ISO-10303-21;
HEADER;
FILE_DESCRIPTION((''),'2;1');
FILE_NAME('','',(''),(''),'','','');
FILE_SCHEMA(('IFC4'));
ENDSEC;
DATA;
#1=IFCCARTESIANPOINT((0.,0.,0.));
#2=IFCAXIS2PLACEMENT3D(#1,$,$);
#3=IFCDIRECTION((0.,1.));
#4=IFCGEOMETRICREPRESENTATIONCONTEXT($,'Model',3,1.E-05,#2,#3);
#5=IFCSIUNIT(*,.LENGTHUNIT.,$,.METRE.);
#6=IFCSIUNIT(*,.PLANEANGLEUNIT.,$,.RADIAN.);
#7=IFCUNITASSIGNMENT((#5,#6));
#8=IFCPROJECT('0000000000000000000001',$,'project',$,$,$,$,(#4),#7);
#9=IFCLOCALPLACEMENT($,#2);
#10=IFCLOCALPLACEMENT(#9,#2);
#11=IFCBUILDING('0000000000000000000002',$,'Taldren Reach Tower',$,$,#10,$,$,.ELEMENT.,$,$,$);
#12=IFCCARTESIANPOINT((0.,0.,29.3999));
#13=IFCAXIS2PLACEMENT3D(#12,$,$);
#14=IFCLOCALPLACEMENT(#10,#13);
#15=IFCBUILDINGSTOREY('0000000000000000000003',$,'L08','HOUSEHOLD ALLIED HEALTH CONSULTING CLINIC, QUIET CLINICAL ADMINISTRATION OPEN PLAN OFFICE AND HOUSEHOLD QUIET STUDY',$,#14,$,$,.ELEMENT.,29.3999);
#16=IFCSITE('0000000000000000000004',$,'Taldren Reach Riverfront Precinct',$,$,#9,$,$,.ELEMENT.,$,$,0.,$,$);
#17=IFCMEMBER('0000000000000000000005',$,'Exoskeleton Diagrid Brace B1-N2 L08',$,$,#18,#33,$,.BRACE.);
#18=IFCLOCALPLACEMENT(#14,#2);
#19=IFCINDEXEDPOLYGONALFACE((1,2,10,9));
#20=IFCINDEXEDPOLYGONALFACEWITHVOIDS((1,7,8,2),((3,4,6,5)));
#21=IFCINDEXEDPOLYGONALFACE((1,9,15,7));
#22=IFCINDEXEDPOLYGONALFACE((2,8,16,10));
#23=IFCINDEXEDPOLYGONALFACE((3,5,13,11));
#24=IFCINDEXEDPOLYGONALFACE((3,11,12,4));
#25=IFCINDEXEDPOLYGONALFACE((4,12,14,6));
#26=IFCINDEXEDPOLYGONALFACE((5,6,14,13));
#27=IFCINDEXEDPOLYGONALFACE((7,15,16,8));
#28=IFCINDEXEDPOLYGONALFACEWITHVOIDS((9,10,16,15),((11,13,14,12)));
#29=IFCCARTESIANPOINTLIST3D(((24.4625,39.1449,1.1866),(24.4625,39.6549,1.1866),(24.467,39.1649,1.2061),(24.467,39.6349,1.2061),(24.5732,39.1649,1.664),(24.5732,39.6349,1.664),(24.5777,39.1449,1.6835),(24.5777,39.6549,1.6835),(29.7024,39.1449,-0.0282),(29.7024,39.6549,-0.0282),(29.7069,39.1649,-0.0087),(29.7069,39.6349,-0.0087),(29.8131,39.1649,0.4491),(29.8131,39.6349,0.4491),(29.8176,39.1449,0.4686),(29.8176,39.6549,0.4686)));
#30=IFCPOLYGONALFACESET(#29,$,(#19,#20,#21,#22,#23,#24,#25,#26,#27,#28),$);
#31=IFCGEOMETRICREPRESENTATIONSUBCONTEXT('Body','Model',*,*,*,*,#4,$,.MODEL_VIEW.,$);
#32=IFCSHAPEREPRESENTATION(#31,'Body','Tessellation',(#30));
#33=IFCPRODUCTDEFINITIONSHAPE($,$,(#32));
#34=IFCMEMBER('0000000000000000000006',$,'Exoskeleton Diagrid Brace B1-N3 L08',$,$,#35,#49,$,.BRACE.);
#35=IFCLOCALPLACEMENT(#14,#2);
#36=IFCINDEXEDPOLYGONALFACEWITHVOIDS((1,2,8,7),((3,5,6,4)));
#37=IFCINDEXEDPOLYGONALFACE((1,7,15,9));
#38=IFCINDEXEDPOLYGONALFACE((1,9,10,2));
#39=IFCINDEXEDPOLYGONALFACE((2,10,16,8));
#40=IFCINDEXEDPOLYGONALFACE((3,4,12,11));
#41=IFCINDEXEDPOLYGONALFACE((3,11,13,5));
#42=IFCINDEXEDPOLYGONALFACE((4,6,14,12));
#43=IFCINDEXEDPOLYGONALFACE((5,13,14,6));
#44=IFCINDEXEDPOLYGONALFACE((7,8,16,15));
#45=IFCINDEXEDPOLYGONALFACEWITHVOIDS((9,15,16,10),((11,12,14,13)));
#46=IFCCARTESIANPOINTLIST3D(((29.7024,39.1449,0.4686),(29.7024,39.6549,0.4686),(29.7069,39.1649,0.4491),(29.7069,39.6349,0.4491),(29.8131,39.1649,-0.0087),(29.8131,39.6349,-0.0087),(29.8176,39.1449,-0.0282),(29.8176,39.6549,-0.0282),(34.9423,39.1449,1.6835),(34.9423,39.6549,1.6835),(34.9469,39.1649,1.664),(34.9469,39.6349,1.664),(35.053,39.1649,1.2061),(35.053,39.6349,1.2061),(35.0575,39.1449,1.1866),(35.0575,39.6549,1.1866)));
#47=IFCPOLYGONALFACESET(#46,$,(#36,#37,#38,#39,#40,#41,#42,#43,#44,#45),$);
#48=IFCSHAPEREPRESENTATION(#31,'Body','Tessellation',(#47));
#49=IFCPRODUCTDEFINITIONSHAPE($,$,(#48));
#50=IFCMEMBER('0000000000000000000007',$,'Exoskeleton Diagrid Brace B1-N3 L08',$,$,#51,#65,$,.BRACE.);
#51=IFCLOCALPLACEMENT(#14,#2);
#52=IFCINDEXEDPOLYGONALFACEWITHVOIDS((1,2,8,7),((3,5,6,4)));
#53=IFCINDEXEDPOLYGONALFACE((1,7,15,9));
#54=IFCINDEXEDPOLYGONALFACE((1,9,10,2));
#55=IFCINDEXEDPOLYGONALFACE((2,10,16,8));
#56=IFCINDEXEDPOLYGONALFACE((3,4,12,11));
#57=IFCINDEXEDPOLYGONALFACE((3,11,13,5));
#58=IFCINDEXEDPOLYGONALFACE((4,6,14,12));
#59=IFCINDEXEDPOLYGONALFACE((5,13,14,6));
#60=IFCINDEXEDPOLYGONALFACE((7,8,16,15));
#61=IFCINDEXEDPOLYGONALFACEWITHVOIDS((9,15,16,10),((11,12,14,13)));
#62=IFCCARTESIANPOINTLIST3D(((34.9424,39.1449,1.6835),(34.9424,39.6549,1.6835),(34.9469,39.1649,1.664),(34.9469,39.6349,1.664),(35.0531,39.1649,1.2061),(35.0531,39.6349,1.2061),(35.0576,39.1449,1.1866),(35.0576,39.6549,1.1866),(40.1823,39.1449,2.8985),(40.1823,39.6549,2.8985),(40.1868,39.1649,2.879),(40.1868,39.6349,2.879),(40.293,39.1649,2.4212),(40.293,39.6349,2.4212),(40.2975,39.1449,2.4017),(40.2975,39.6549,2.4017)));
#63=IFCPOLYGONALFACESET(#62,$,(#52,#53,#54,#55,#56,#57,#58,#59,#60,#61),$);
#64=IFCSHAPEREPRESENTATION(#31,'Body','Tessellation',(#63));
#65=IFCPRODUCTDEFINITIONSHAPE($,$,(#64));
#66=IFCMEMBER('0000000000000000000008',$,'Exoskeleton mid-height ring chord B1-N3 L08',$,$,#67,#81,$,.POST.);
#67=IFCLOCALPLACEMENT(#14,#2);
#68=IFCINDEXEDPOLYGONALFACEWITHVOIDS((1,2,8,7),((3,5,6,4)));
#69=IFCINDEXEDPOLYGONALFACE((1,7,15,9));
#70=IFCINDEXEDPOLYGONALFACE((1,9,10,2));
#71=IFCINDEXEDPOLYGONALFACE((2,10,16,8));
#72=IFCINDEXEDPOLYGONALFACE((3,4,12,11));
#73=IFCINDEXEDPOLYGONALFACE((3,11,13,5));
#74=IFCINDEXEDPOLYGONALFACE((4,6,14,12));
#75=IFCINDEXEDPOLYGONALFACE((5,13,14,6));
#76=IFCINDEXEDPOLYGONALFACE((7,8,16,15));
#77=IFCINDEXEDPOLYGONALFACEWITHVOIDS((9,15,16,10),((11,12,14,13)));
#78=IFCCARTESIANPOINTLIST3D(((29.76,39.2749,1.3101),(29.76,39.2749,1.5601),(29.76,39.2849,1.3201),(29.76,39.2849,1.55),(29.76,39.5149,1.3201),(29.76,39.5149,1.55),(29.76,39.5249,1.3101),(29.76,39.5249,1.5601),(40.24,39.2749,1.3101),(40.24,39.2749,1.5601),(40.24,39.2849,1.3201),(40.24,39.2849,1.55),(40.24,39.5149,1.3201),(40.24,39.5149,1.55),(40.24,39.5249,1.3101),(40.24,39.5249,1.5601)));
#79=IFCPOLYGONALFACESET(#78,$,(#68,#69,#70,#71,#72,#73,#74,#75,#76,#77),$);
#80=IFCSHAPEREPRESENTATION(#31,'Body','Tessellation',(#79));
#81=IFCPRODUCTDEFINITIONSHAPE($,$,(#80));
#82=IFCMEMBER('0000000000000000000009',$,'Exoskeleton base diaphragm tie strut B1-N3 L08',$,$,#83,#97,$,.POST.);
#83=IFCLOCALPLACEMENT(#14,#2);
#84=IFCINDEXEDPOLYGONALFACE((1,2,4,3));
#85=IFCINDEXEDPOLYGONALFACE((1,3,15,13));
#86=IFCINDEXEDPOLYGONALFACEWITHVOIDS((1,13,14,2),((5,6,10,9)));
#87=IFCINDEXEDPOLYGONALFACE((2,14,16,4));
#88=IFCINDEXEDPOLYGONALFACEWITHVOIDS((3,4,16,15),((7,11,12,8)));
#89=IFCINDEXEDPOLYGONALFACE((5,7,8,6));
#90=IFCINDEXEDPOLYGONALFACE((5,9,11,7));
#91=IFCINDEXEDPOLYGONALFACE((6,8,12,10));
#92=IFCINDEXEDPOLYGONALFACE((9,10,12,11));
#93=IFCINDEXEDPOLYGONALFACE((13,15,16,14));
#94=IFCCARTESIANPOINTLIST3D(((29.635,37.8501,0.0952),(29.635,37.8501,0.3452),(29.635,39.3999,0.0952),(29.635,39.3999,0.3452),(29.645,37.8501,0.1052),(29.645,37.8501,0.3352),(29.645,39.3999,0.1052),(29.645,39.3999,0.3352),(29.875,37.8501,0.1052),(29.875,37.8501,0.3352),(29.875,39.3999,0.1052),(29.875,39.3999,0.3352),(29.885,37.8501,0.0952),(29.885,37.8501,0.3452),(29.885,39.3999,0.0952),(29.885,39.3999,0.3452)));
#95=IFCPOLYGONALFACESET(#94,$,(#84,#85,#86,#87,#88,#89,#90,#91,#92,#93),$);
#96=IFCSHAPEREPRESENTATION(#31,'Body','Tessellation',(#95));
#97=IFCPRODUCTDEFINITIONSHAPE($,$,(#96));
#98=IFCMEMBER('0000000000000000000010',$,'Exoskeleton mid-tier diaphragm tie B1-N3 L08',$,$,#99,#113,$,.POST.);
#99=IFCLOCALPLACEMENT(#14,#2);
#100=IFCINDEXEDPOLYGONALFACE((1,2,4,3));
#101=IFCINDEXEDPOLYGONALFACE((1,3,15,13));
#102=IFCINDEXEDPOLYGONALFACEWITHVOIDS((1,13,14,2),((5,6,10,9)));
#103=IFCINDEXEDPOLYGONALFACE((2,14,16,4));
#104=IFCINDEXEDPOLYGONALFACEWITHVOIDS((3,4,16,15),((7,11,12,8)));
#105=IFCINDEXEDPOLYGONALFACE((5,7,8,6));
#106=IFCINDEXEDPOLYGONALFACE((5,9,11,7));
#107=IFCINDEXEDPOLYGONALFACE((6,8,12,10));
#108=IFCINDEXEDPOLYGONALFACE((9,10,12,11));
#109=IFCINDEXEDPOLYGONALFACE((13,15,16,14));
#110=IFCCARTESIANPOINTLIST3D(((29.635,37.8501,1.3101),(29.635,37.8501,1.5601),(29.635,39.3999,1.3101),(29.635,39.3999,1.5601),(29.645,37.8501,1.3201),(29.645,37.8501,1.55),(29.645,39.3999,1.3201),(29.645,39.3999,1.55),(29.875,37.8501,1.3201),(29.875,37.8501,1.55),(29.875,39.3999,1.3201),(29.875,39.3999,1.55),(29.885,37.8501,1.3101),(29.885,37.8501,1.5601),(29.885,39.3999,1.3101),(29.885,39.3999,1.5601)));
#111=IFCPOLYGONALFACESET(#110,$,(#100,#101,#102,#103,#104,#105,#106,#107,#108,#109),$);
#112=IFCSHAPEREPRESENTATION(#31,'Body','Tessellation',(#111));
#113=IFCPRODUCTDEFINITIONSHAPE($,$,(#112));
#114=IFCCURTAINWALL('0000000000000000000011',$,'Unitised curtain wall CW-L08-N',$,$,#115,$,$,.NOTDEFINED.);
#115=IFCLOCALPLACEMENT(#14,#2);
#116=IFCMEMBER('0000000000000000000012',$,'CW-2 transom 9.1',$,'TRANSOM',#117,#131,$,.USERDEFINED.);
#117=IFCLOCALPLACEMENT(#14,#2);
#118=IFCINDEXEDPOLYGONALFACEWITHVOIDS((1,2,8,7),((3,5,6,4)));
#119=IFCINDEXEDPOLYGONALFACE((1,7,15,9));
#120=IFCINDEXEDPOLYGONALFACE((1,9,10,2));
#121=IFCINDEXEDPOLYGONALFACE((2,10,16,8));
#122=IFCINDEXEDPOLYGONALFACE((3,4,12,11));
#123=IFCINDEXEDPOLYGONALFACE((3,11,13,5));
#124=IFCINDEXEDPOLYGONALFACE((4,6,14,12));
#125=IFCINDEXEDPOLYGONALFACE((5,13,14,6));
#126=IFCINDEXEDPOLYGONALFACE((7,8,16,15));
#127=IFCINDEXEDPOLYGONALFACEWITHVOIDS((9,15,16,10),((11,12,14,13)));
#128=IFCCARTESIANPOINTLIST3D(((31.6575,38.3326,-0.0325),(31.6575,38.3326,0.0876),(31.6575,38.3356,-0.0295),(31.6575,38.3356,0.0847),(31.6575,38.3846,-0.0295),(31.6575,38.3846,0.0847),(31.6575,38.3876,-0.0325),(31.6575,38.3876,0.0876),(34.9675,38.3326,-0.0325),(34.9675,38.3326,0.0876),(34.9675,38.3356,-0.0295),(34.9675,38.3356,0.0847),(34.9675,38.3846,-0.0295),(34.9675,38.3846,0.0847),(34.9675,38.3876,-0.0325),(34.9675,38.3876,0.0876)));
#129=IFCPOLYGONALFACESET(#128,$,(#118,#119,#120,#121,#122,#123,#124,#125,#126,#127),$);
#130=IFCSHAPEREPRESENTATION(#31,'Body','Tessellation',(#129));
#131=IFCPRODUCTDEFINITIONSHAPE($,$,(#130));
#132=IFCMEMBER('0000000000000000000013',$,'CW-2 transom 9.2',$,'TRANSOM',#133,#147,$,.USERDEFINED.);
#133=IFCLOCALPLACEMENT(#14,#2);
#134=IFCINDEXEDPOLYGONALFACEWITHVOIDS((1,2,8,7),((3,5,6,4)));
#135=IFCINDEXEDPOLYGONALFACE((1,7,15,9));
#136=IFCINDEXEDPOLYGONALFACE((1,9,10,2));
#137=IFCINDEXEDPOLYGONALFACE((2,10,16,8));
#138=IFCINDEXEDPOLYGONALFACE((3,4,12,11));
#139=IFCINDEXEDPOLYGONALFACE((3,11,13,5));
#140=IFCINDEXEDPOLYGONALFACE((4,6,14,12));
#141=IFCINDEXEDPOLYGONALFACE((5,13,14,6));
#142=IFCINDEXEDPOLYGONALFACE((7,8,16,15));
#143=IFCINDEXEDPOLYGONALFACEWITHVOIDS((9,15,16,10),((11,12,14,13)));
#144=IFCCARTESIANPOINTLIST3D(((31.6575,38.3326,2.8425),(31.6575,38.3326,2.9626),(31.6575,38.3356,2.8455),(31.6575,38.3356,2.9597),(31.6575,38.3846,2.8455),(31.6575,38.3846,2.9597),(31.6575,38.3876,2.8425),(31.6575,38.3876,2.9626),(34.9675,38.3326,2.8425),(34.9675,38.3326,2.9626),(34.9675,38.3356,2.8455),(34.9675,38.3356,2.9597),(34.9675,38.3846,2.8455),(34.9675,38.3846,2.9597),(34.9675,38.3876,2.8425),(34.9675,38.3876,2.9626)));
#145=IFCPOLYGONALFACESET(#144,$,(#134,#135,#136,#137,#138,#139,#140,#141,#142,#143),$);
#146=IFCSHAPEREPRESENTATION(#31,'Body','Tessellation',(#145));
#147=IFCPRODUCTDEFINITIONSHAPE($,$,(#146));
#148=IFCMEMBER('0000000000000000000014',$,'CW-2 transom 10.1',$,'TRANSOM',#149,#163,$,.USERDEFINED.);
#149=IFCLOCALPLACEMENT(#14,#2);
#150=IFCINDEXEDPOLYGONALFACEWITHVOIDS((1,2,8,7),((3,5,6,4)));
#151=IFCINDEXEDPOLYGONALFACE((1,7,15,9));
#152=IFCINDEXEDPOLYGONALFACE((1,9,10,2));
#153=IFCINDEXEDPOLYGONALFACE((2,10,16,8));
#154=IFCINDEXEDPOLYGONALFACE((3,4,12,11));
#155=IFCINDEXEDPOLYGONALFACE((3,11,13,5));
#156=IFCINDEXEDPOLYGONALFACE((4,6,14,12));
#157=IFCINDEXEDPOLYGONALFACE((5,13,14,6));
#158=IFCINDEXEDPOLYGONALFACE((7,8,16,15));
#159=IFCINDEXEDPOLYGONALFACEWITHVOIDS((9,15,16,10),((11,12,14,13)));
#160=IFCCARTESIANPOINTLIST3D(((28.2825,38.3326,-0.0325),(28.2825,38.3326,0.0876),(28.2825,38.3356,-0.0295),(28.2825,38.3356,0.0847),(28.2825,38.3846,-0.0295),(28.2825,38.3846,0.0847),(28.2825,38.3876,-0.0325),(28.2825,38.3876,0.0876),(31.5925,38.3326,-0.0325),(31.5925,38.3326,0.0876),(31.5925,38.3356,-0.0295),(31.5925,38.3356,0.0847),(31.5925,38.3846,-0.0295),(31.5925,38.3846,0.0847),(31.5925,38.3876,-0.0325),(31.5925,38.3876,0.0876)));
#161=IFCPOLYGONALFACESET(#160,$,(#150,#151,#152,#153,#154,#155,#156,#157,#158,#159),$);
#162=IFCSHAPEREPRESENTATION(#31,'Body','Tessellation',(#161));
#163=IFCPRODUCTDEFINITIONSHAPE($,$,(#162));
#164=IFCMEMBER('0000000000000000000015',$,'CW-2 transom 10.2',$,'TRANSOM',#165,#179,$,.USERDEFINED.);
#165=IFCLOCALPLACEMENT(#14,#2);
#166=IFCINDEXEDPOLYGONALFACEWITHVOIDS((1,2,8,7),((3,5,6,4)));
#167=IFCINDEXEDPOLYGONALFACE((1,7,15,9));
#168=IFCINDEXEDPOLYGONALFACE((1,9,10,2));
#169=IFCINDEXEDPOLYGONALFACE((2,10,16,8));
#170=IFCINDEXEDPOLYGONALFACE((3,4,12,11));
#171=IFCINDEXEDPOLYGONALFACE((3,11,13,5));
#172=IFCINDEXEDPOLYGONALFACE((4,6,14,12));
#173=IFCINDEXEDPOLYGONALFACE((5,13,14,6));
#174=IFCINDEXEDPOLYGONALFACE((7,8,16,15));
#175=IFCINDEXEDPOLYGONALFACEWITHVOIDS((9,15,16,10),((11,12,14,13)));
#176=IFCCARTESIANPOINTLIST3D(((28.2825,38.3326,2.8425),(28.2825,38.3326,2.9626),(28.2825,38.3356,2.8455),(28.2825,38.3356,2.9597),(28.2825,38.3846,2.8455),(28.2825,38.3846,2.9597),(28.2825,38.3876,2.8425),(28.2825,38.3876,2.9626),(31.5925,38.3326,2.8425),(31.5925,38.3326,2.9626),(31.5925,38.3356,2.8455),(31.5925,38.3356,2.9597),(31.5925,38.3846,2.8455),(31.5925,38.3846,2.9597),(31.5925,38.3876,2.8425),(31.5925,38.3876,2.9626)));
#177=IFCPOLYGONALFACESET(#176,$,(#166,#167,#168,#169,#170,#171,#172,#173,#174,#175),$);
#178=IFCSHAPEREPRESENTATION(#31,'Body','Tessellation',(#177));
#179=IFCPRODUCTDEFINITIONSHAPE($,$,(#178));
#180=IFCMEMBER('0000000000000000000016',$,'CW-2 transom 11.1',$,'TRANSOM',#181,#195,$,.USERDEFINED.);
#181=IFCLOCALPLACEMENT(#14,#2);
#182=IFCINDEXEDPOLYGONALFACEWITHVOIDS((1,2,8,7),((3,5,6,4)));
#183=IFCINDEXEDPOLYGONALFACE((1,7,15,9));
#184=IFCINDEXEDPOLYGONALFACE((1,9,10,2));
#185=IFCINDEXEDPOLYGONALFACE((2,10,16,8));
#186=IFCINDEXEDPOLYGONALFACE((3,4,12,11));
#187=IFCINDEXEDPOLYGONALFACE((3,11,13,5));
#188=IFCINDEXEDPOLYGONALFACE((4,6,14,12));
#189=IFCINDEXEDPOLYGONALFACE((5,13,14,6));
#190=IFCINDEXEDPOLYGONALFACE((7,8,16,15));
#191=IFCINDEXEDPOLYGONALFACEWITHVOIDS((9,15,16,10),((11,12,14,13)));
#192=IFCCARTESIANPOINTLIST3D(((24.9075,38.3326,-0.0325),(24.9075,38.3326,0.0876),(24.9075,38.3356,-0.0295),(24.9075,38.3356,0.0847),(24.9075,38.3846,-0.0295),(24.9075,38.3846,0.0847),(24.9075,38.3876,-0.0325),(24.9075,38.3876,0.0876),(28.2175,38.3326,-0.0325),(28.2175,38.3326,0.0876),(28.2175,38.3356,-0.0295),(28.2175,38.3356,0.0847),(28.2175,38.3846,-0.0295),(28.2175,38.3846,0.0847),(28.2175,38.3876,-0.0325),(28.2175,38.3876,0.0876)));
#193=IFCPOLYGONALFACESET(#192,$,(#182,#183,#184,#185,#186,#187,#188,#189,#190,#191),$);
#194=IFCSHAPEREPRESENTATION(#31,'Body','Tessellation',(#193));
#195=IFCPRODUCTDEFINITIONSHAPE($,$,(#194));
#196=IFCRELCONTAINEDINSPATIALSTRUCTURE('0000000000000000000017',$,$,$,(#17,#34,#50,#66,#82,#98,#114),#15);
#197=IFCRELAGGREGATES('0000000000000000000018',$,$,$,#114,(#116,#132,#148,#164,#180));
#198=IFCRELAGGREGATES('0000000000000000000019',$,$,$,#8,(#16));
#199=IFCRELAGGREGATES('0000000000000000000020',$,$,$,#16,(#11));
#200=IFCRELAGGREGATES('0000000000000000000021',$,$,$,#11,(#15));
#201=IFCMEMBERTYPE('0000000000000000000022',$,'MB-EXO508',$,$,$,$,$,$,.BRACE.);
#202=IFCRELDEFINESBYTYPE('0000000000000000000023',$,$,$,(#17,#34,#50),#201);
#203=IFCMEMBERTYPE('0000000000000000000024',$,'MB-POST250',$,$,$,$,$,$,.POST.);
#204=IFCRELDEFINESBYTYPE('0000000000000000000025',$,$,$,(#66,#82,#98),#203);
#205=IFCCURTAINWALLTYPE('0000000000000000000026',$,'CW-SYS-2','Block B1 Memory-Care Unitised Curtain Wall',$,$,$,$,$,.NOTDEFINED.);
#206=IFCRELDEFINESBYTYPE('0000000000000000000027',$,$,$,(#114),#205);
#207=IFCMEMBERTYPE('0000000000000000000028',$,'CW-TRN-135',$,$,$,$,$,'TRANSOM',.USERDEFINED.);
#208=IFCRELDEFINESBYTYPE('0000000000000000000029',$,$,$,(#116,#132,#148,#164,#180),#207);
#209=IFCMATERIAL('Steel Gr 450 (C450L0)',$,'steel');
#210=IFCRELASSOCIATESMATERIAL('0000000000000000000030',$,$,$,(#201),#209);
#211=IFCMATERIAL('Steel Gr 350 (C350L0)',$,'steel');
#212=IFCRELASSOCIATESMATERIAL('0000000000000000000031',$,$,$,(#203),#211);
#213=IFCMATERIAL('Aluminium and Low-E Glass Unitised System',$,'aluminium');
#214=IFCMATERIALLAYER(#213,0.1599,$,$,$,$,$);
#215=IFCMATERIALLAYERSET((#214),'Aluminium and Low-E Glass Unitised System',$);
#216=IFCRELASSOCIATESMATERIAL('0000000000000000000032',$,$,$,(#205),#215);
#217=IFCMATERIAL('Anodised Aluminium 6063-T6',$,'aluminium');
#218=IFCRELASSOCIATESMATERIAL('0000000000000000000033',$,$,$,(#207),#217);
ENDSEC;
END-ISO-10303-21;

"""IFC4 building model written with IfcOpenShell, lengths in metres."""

from ifc_helpers import new_model, si_unit, direction, frame, origin, origin_2d, place, context, subcontext, project, spatial, hollow_rectangle, extrude, source, transform, mapped, material, layer, layer_set, material_profile, profile_set, type_object, element, aggregate, save


model = new_model("IFC4")

# Units and contexts
model_context = context("Model", 3, precision=1e-05, world=origin(), true_north=direction((0.0, 1.0)))
body_context = subcontext(model_context, "Body", "Model", "MODEL_VIEW")
ifc_project = project(units=[si_unit("LENGTHUNIT", "METRE"), si_unit("PLANEANGLEUNIT", "RADIAN")], contexts=[model_context])

# Site, building, storey
site_placement = place(None, origin())
site = spatial("IfcSite", under=ifc_project, at=site_placement, Name="Taldren Reach Riverfront Precinct", CompositionType="ELEMENT", RefElevation=0.0)
building_placement = place(site_placement, origin())
building = spatial("IfcBuilding", under=site, at=building_placement, Name="Taldren Reach Tower", CompositionType="ELEMENT")
storey_placement = place(building_placement, frame((0.0, 0.0, 29.3999)))
storey = spatial("IfcBuildingStorey", under=building, at=storey_placement, Name="L08", Description="HOUSEHOLD ALLIED HEALTH CONSULTING CLINIC, QUIET CLINICAL ADMINISTRATION OPEN PLAN OFFICE AND HOUSEHOLD QUIET STUDY", CompositionType="ELEMENT", Elevation=29.3999)

# Members
ifc_material_1 = material(Name="Steel Gr 450 (C450L0)", Category="steel")
ifc_material_profile_1 = material_profile(ifc_material_1, hollow_rectangle(XDim=0.51, YDim=0.51, WallThickness=0.02, at=origin_2d()), Name="510x510x20.0SHS")
ifc_profile_set_1 = profile_set([ifc_material_profile_1], Name="Steel Gr 450 (C450L0)")
member_type_1 = type_object("IfcMemberType", Name="MB-EXO508", PredefinedType="BRACE", material=ifc_profile_set_1)
shared_shape_1 = source(origin(), body_context, "Body", "SweptSolid", [
    extrude(hollow_rectangle(XDim=0.51, YDim=0.51, WallThickness=0.02, at=origin_2d()), origin(), (0.0, 0.0, 1.0), 5.3789),
])
for number, where, z_axis, x_axis, name in (
    (1, (29.76, 39.3999, 0.2202), (-0.974162, 0.0, 0.225851), (0.0, -1.0, 0.0), "Exoskeleton Diagrid Brace B1-N2 L08"),
    (2, (29.76, 39.3999, 0.2202), (0.974162, 0.0, 0.225851), (0.0, 1.0, 0.0), "Exoskeleton Diagrid Brace B1-N3 L08"),
    (3, (35.0, 39.3999, 1.4351), (0.974152, 0.0, 0.225894), (0.0, 1.0, 0.0), "Exoskeleton Diagrid Brace B1-N3 L08"),
):
    element("IfcMember", number, at=place(storey_placement, frame(where, z_axis=z_axis, x_axis=x_axis)), inside=storey, type_object=member_type_1, Name=name, PredefinedType="BRACE", context=body_context, shape_type="MappedRepresentation", body=[
        mapped(shared_shape_1, transform((0.0, 0.0, 0.0), scale=1.0)),
    ])
ifc_material_2 = material(Name="Steel Gr 350 (C350L0)", Category="steel")
ifc_material_profile_2 = material_profile(ifc_material_2, hollow_rectangle(XDim=0.25, YDim=0.25, WallThickness=0.01, at=origin_2d()), Name="250x250x10.0SHS")
ifc_profile_set_2 = profile_set([ifc_material_profile_2], Name="Steel Gr 350 (C350L0)")
member_type_2 = type_object("IfcMemberType", Name="MB-POST250", PredefinedType="POST", material=ifc_profile_set_2)
shared_shape_2 = source(origin(), body_context, "Body", "SweptSolid", [
    extrude(hollow_rectangle(XDim=0.25, YDim=0.25, WallThickness=0.01, at=origin_2d()), origin(), (0.0, 0.0, 1.0), 10.48),
])
member_1_placement = place(storey_placement, frame((29.76, 39.3999, 1.4351), z_axis=(1.0, 0.0, 0.0), x_axis=(0.0, 1.0, 0.0)))
element("IfcMember", 4, at=member_1_placement, inside=storey, type_object=member_type_2, Name="Exoskeleton mid-height ring chord B1-N3 L08", PredefinedType="POST", context=body_context, shape_type="MappedRepresentation", body=[
    mapped(shared_shape_2, transform((0.0, 0.0, 0.0), scale=1.0)),
])
shared_shape_3 = source(origin(), body_context, "Body", "SweptSolid", [
    extrude(hollow_rectangle(XDim=0.25, YDim=0.25, WallThickness=0.01, at=origin_2d()), origin(), (0.0, 0.0, 1.0), 1.5498),
])
for number, where, z_axis, x_axis, name in (
    (5, (29.76, 37.8501, 0.2202), (0.0, 1.0, 0.0), (-1.0, 0.0, 0.0), "Exoskeleton base diaphragm tie strut B1-N3 L08"),
    (6, (29.76, 37.8501, 1.4351), (0.0, 1.0, 0.0), (-1.0, 0.0, 0.0), "Exoskeleton mid-tier diaphragm tie B1-N3 L08"),
):
    element("IfcMember", number, at=place(storey_placement, frame(where, z_axis=z_axis, x_axis=x_axis)), inside=storey, type_object=member_type_2, Name=name, PredefinedType="POST", context=body_context, shape_type="MappedRepresentation", body=[
        mapped(shared_shape_3, transform((0.0, 0.0, 0.0), scale=1.0)),
    ])

# Curtain wall, members
ifc_material_3 = material(Name="Aluminium and Low-E Glass Unitised System", Category="aluminium")
ifc_layer_1 = layer(ifc_material_3, 0.1599)
ifc_layer_set_1 = layer_set([ifc_layer_1], Name="Aluminium and Low-E Glass Unitised System")
curtain_wall_type = type_object("IfcCurtainWallType", Name="CW-SYS-2", Description="Block B1 Memory-Care Unitised Curtain Wall", PredefinedType="NOTDEFINED", material=ifc_layer_set_1)
curtain_wall_placement = place(storey_placement, origin())
curtain_wall = element("IfcCurtainWall", 7, at=curtain_wall_placement, inside=storey, type_object=curtain_wall_type, Name="Unitised curtain wall CW-L08-N", PredefinedType="NOTDEFINED")
ifc_material_4 = material(Name="Anodised Aluminium 6063-T6", Category="aluminium")
ifc_material_profile_3 = material_profile(ifc_material_4, hollow_rectangle(XDim=0.0549, YDim=0.1201, WallThickness=0.0029, at=origin_2d()), Name="ALU-120x55x3RHS")
ifc_profile_set_3 = profile_set([ifc_material_profile_3], Name="Anodised Aluminium 6063-T6")
member_type_3 = type_object("IfcMemberType", Name="CW-TRN-135", ElementType="TRANSOM", PredefinedType="USERDEFINED", material=ifc_profile_set_3)
shared_shape_4 = source(origin(), body_context, "Body", "SweptSolid", [
    extrude(hollow_rectangle(XDim=0.0549, YDim=0.1201, WallThickness=0.0029, at=origin_2d()), origin(), (0.0, 0.0, 1.0), 3.3101),
])
member_2_placement = place(storey_placement, frame((34.9675, 38.3601, 0.0276), z_axis=(-1.0, 0.0, 0.0), x_axis=(0.0, -1.0, 0.0)))
member_2 = element("IfcMember", 8, at=member_2_placement, type_object=member_type_3, Name="CW-2 transom 9.1", ObjectType="TRANSOM", PredefinedType="USERDEFINED", context=body_context, shape_type="MappedRepresentation", body=[
    mapped(shared_shape_4, transform((0.0, 0.0, 0.0), scale=1.0)),
])
member_3_placement = place(storey_placement, frame((34.9675, 38.3601, 2.9026), z_axis=(-1.0, 0.0, 0.0), x_axis=(0.0, -1.0, 0.0)))
member_3 = element("IfcMember", 9, at=member_3_placement, type_object=member_type_3, Name="CW-2 transom 9.2", ObjectType="TRANSOM", PredefinedType="USERDEFINED", context=body_context, shape_type="MappedRepresentation", body=[
    mapped(shared_shape_4, transform((0.0, 0.0, 0.0), scale=1.0)),
])
member_4_placement = place(storey_placement, frame((31.5925, 38.3601, 0.0276), z_axis=(-1.0, 0.0, 0.0), x_axis=(0.0, -1.0, 0.0)))
member_4 = element("IfcMember", 10, at=member_4_placement, type_object=member_type_3, Name="CW-2 transom 10.1", ObjectType="TRANSOM", PredefinedType="USERDEFINED", context=body_context, shape_type="MappedRepresentation", body=[
    mapped(shared_shape_4, transform((0.0, 0.0, 0.0), scale=1.0)),
])
member_5_placement = place(storey_placement, frame((31.5925, 38.3601, 2.9026), z_axis=(-1.0, 0.0, 0.0), x_axis=(0.0, -1.0, 0.0)))
member_5 = element("IfcMember", 11, at=member_5_placement, type_object=member_type_3, Name="CW-2 transom 10.2", ObjectType="TRANSOM", PredefinedType="USERDEFINED", context=body_context, shape_type="MappedRepresentation", body=[
    mapped(shared_shape_4, transform((0.0, 0.0, 0.0), scale=1.0)),
])
member_6_placement = place(storey_placement, frame((28.2175, 38.3601, 0.0276), z_axis=(-1.0, 0.0, 0.0), x_axis=(0.0, -1.0, 0.0)))
member_6 = element("IfcMember", 12, at=member_6_placement, type_object=member_type_3, Name="CW-2 transom 11.1", ObjectType="TRANSOM", PredefinedType="USERDEFINED", context=body_context, shape_type="MappedRepresentation", body=[
    mapped(shared_shape_4, transform((0.0, 0.0, 0.0), scale=1.0)),
])

aggregate(curtain_wall, [member_2, member_3, member_4, member_5, member_6])

save(model, "model.ifc")
